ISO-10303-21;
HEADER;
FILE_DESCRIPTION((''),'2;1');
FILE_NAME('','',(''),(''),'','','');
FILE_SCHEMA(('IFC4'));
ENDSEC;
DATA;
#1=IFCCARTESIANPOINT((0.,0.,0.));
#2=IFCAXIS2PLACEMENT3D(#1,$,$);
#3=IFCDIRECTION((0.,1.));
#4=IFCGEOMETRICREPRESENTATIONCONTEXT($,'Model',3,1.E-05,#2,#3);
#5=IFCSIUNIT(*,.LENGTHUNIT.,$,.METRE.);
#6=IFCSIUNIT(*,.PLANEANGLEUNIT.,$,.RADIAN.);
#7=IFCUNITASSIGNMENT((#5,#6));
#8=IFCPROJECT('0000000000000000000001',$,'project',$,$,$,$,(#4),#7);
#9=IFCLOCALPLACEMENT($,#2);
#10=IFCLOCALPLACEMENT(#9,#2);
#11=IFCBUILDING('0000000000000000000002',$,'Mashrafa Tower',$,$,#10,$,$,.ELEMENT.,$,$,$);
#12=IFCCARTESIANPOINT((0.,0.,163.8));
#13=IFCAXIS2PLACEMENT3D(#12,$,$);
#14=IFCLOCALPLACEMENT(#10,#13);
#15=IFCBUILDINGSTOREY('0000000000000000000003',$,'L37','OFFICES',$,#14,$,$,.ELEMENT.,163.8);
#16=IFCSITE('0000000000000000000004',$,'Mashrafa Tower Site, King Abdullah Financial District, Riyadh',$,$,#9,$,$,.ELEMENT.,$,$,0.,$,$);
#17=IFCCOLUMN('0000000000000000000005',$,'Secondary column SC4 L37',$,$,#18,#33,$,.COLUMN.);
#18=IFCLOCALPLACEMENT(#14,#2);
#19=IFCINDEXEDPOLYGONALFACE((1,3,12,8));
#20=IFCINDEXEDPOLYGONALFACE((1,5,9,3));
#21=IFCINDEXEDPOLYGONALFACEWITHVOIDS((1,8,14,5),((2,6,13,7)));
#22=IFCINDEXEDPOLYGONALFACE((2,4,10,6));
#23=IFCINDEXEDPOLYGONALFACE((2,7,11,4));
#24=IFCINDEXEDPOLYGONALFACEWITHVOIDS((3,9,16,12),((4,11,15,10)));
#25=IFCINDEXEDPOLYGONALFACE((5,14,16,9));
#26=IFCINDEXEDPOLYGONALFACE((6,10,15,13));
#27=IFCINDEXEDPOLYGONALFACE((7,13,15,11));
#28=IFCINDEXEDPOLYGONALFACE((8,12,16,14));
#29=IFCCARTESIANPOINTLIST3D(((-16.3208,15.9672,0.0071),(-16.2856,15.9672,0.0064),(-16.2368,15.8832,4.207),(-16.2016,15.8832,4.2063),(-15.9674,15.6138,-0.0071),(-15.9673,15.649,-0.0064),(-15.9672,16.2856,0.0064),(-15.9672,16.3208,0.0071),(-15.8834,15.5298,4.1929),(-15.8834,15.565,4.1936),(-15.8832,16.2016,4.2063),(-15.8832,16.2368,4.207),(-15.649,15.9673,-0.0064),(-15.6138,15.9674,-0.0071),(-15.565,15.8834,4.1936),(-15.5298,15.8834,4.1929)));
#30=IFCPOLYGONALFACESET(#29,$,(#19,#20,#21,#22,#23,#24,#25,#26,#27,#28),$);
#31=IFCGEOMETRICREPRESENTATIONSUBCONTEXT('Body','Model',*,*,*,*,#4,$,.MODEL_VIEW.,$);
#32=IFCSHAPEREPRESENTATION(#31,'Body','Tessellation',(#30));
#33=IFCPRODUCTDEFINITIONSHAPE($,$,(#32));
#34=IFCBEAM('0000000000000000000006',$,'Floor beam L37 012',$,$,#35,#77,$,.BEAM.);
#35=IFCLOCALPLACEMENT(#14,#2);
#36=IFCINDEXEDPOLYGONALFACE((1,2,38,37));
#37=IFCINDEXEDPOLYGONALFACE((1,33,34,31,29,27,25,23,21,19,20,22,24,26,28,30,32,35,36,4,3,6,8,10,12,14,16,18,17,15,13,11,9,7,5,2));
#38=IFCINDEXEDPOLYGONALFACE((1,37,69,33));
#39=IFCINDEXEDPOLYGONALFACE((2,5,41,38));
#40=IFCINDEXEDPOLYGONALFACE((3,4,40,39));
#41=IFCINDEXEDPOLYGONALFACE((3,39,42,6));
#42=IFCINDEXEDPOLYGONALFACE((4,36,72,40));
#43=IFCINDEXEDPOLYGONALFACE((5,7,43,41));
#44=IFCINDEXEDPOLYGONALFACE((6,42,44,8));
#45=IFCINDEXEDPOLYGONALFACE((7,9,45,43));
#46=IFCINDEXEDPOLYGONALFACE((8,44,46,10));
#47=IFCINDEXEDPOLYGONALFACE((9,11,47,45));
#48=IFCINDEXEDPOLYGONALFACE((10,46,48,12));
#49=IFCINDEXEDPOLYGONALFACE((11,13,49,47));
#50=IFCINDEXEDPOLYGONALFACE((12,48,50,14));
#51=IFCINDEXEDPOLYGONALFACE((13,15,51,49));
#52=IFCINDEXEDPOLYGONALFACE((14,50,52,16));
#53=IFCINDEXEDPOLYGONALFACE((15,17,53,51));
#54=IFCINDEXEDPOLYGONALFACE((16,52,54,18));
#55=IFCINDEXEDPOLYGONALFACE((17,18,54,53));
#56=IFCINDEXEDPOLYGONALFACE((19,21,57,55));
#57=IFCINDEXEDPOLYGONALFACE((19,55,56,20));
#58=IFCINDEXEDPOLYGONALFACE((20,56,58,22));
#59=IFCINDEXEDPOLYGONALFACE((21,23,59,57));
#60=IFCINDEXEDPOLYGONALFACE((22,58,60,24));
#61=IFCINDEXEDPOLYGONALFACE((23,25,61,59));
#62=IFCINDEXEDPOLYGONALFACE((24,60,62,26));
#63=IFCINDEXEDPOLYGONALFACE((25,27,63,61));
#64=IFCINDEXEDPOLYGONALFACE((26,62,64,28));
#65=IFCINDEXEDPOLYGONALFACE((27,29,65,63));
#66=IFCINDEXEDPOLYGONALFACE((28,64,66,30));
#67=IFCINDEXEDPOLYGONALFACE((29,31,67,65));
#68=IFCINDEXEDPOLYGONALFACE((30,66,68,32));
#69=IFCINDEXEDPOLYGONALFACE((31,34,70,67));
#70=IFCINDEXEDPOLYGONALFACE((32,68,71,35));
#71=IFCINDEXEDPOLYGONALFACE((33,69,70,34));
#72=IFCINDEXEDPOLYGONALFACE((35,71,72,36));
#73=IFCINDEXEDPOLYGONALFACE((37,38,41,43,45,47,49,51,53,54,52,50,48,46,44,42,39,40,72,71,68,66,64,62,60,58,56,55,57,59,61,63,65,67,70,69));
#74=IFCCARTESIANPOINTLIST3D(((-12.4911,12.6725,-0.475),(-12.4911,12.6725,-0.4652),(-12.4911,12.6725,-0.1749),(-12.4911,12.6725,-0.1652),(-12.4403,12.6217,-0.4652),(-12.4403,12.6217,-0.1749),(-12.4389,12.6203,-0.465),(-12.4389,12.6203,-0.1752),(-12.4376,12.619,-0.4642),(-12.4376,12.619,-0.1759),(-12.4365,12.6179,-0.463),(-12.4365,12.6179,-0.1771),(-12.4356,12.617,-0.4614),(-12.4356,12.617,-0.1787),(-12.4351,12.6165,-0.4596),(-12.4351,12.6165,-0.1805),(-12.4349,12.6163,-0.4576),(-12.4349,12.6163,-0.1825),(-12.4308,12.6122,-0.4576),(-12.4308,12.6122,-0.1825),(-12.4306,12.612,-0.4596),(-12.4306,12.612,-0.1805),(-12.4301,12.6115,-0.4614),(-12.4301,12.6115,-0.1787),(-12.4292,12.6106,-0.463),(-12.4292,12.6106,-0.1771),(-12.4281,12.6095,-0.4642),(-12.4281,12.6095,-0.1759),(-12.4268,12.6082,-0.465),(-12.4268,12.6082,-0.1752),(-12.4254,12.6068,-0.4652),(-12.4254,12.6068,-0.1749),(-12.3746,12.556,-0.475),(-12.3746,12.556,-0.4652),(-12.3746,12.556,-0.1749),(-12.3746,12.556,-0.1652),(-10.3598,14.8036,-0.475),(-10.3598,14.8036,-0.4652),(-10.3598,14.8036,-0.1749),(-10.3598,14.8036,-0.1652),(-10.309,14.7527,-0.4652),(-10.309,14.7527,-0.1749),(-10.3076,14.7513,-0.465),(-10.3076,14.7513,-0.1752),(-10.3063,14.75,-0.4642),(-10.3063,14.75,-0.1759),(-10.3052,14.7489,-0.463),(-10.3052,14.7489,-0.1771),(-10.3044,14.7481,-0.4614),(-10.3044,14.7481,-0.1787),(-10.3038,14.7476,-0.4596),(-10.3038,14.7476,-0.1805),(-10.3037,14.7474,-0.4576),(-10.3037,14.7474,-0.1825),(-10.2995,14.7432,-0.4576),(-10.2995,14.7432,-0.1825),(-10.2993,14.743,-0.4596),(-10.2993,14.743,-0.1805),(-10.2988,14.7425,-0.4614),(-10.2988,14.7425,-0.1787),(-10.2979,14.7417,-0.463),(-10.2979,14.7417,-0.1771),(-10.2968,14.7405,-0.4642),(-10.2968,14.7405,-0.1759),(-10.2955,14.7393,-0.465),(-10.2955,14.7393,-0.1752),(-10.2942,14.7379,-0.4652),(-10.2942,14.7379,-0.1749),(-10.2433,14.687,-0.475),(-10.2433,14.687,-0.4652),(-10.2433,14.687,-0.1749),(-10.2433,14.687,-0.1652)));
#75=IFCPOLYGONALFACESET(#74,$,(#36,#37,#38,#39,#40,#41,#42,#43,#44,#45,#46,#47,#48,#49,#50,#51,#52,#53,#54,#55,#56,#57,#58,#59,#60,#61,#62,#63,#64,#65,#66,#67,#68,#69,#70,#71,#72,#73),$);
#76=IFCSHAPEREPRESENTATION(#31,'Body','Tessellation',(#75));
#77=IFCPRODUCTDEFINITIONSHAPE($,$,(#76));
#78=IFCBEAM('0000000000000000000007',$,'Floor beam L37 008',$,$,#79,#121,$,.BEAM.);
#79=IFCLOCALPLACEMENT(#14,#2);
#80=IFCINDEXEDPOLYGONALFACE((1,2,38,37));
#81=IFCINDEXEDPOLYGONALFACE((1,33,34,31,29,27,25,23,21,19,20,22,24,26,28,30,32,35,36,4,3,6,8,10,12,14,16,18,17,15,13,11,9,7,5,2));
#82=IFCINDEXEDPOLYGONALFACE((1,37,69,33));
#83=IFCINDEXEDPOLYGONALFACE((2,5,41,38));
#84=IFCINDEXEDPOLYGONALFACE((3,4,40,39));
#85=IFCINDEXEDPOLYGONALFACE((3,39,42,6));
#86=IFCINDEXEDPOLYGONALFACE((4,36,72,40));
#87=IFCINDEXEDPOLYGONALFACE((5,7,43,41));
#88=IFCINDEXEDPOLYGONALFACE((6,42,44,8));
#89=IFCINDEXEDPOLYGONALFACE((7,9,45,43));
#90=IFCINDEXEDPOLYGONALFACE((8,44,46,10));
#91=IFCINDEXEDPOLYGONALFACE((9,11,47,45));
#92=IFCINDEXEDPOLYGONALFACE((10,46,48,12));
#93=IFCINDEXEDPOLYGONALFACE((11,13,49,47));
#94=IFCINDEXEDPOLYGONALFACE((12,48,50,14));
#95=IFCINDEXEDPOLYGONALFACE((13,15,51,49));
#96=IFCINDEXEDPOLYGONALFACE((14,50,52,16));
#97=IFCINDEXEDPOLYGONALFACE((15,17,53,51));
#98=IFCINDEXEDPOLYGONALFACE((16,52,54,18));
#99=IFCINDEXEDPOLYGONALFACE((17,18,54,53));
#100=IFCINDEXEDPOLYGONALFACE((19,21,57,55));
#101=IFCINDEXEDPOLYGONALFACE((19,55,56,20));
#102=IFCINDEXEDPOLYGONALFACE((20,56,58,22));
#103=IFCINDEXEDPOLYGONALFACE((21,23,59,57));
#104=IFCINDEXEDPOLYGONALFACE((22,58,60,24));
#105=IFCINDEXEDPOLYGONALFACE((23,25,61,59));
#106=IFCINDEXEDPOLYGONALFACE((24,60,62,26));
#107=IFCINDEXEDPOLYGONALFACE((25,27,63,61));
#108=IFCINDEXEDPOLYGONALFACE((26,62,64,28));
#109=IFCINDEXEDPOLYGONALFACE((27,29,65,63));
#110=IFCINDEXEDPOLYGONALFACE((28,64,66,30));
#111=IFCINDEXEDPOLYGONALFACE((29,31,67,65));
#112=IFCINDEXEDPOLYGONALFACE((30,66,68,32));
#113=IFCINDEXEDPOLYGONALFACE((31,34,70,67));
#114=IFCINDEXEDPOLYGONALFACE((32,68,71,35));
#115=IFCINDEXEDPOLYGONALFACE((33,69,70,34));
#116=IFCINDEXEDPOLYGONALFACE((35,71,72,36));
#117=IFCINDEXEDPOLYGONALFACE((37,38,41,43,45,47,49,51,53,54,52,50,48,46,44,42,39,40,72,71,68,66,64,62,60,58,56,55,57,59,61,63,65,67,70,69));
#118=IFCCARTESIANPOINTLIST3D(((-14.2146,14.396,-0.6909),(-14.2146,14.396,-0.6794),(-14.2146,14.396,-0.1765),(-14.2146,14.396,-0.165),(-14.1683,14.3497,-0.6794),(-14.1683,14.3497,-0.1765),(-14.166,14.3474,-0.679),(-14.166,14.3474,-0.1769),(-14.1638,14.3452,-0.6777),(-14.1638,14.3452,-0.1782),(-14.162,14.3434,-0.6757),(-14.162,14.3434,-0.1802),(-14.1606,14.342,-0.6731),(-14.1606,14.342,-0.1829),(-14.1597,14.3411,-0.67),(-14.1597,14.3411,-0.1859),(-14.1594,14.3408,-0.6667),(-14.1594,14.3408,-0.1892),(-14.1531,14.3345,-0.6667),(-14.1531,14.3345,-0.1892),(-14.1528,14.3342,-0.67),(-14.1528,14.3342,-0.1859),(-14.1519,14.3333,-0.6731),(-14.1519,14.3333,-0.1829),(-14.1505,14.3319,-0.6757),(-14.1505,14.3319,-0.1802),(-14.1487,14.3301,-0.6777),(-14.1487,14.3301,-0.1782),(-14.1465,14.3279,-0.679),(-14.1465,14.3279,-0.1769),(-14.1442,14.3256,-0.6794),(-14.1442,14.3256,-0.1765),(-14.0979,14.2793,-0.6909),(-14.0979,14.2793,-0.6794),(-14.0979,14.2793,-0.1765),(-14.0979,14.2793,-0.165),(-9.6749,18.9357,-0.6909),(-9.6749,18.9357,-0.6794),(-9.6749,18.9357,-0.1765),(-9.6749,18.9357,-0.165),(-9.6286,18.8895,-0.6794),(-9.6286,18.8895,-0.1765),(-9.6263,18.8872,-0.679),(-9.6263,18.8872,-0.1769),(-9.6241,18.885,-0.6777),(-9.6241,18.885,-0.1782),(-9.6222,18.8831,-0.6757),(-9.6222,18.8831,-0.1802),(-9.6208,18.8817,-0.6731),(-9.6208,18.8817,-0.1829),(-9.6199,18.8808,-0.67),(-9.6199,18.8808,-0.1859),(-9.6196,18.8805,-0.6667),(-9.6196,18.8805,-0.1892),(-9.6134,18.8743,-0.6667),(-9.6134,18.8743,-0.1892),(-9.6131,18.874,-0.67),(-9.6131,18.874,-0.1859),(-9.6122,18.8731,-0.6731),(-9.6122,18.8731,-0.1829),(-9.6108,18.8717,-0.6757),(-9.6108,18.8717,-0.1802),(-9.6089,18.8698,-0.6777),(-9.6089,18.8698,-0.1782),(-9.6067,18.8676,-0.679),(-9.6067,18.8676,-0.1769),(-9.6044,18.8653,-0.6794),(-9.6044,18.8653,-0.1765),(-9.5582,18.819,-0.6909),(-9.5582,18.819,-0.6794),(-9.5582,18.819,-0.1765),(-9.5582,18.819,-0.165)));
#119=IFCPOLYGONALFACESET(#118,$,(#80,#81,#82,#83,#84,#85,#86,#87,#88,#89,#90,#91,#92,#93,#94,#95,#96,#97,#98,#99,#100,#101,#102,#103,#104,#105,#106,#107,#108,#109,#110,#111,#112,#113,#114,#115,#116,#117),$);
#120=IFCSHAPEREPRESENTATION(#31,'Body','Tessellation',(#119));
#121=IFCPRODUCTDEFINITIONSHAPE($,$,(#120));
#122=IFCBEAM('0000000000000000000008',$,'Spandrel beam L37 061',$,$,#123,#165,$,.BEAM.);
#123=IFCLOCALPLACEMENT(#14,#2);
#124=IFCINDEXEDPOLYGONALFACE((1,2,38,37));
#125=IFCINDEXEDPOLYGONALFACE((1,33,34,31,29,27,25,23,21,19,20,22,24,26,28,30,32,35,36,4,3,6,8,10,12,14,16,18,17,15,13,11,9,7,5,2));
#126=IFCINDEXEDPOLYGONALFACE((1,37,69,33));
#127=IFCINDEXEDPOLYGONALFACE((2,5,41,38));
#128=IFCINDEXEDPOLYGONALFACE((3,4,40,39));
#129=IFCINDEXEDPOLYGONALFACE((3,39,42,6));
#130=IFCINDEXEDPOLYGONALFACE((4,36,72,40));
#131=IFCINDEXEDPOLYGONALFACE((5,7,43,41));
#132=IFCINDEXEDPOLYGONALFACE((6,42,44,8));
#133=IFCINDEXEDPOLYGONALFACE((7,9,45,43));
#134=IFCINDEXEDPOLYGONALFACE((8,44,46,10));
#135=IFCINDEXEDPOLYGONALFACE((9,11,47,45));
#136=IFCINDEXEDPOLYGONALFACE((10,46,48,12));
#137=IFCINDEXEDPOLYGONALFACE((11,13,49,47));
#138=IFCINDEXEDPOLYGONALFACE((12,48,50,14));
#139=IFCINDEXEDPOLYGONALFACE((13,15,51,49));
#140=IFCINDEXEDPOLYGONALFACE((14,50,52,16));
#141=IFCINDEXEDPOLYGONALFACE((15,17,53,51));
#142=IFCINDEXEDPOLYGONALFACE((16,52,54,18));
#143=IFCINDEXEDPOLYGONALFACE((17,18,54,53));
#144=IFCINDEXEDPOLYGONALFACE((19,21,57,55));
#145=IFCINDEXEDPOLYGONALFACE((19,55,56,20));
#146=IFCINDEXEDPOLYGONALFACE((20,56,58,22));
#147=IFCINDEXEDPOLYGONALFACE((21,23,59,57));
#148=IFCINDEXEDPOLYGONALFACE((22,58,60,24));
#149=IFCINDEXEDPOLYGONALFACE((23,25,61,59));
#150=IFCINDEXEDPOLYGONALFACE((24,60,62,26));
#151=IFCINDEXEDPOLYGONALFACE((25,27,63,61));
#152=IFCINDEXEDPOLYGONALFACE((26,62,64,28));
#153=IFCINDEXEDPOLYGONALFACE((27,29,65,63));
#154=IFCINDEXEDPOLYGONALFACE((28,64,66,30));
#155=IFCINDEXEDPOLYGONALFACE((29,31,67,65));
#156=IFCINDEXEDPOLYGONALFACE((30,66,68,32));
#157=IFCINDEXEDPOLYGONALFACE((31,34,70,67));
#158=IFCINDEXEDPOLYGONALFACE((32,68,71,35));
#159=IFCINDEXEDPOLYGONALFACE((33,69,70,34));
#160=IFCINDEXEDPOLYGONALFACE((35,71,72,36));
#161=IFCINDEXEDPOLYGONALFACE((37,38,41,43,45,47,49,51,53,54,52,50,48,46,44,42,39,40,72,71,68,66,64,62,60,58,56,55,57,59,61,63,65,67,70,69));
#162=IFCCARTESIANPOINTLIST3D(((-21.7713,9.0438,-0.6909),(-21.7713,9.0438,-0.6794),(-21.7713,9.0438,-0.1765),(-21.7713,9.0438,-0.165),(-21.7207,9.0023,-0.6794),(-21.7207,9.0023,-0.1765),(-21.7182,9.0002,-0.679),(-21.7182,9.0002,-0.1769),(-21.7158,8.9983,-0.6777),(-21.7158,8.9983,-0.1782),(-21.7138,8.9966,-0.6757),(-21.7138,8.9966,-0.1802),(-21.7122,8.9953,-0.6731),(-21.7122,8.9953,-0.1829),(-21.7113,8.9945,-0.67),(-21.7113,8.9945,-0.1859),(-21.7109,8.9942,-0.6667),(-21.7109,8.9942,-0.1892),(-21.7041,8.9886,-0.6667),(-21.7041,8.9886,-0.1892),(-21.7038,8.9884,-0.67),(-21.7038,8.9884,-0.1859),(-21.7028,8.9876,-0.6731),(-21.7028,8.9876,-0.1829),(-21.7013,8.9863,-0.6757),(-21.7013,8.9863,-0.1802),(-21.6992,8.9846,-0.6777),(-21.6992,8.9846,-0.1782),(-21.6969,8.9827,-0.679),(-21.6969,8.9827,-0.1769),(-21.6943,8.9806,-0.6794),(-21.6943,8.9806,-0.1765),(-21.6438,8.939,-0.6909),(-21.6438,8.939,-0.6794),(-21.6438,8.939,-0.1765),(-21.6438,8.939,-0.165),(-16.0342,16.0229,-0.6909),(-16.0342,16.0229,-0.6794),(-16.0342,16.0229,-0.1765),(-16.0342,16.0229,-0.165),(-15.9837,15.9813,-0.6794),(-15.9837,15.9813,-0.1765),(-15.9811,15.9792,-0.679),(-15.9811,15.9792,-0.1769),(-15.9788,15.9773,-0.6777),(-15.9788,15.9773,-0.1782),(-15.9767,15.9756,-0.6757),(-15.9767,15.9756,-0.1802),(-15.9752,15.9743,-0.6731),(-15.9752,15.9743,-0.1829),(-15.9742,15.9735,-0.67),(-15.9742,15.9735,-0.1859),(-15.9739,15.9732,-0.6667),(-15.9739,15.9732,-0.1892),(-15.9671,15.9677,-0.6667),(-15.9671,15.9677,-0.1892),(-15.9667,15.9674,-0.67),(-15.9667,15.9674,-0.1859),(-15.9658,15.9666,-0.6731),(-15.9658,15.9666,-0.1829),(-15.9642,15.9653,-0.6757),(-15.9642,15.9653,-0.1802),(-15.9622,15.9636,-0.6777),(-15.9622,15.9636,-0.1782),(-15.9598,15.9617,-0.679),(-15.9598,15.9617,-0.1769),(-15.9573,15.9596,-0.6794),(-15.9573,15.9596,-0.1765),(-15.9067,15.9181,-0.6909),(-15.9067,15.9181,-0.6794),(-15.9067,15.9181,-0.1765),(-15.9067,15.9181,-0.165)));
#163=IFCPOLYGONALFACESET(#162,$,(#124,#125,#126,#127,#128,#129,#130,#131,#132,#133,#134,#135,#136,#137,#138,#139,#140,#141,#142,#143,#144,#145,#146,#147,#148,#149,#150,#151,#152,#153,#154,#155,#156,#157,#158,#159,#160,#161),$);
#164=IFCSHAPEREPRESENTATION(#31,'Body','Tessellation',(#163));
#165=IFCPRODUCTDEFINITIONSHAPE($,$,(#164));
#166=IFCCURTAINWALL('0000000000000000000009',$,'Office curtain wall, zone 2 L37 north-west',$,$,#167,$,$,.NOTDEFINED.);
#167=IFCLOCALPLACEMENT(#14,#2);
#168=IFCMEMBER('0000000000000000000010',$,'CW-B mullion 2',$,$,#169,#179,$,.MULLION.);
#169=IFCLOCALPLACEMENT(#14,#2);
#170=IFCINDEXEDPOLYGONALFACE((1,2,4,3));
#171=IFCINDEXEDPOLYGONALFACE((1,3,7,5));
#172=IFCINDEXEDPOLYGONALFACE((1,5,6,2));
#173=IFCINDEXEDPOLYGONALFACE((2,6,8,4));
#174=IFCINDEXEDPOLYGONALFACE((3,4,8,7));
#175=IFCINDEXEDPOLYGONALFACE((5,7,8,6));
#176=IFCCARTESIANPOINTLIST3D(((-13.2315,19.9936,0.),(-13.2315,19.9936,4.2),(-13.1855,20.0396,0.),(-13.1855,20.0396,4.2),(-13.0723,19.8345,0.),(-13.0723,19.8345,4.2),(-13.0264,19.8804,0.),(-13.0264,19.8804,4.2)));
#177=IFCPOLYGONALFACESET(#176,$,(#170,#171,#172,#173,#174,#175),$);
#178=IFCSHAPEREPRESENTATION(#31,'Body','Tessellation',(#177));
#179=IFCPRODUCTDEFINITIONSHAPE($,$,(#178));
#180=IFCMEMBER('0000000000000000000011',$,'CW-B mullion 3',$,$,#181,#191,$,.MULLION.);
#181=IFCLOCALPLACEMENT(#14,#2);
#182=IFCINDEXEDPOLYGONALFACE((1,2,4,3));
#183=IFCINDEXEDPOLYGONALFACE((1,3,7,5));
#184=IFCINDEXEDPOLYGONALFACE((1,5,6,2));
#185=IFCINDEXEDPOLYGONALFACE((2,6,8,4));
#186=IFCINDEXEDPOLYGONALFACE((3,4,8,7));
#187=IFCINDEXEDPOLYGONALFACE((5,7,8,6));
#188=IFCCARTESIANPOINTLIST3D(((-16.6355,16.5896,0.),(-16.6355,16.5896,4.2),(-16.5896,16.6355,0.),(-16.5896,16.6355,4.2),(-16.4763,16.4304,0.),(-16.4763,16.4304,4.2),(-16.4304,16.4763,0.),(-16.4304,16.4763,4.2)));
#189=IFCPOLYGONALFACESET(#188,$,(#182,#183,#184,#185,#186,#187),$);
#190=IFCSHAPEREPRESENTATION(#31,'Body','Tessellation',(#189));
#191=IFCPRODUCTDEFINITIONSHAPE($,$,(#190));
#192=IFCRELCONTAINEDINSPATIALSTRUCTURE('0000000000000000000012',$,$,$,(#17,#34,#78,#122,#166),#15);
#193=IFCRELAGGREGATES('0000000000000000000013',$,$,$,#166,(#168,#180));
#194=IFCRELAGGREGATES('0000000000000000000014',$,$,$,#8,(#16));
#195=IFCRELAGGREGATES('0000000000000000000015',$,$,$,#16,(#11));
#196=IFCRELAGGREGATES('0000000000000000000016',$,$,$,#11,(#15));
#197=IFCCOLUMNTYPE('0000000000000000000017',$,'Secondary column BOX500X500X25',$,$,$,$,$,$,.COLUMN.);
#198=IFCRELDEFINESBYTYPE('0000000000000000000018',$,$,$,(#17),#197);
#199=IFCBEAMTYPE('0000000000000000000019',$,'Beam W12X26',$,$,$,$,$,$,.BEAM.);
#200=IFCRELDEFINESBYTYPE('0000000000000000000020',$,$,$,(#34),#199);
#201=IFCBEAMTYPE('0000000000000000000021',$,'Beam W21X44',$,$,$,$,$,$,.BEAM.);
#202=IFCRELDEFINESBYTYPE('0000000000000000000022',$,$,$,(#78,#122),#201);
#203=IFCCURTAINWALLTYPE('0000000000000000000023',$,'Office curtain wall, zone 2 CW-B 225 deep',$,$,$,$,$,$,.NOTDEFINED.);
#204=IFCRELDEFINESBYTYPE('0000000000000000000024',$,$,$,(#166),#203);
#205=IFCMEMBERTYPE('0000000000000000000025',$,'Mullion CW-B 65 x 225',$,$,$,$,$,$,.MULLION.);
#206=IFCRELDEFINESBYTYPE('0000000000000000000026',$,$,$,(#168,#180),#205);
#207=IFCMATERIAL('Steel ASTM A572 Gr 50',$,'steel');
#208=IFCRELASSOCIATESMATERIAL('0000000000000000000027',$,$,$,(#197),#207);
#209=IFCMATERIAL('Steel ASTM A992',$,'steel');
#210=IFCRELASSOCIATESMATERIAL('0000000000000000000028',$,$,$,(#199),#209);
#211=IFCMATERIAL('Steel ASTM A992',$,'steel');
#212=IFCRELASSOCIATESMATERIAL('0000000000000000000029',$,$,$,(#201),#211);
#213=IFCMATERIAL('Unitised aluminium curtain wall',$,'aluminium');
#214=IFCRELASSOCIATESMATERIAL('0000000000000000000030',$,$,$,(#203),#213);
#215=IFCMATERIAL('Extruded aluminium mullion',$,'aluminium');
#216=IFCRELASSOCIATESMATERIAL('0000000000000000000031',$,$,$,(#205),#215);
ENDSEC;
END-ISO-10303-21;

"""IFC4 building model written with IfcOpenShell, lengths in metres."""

from ifc_helpers import new_model, si_unit, direction, frame, origin, origin_2d, place, context, subcontext, project, spatial, rectangle, hollow_rectangle, i_section, extrude, source, transform, mapped, material, material_profile, profile_set, type_object, type_shapes, element, aggregate, save


model = new_model("IFC4")

# Units and contexts
model_context = context("Model", 3, precision=1e-05, world=origin(), true_north=direction((0.0, 1.0)))
body_context = subcontext(model_context, "Body", "Model", "MODEL_VIEW")
ifc_project = project(units=[si_unit("LENGTHUNIT", "METRE"), si_unit("PLANEANGLEUNIT", "RADIAN")], contexts=[model_context])

# Site, building, storey
site_placement = place(None, origin())
site = spatial("IfcSite", under=ifc_project, at=site_placement, Name="Mashrafa Tower Site, King Abdullah Financial District, Riyadh", CompositionType="ELEMENT", RefElevation=0.0)
building_placement = place(site_placement, origin())
building = spatial("IfcBuilding", under=site, at=building_placement, Name="Mashrafa Tower", CompositionType="ELEMENT")
storey_placement = place(building_placement, frame((0.0, 0.0, 163.8)))
storey = spatial("IfcBuildingStorey", under=building, at=storey_placement, Name="L37", Description="OFFICES", CompositionType="ELEMENT", Elevation=163.8)

# Column
ifc_material_1 = material(Name="Steel ASTM A572 Gr 50", Category="steel")
ifc_material_profile_1 = material_profile(ifc_material_1, hollow_rectangle(XDim=0.5, YDim=0.5, WallThickness=0.0249, at=origin_2d()), Name="BOX500X500X25")
ifc_profile_set_1 = profile_set([ifc_material_profile_1], Name="Steel ASTM A572 Gr 50")
column_type = type_object("IfcColumnType", Name="Secondary column BOX500X500X25", PredefinedType="COLUMN", material=ifc_profile_set_1)
column_placement = place(storey_placement, frame((-15.9673, 15.9673, 0.0), z_axis=(0.019989, -0.019989, 0.9996), x_axis=(0.707107, 0.707107, 0.0)))
element("IfcColumn", 1, at=column_placement, inside=storey, type_object=column_type, Name="Secondary column SC4 L37", PredefinedType="COLUMN", context=body_context, shape_type="SweptSolid", body=[
    extrude(hollow_rectangle(XDim=0.5, YDim=0.5, WallThickness=0.0249, at=origin_2d()), origin(), (0.0, 0.0, 1.0), 4.2017),
])

# Beams
ifc_material_2 = material(Name="Steel ASTM A992", Category="steel")
ifc_material_profile_2 = material_profile(ifc_material_2, i_section(OverallWidth=0.1648, OverallDepth=0.3098, WebThickness=0.0059, FlangeThickness=0.0098, FilletRadius=0.0076, at=origin_2d()), Name="W12X26")
ifc_profile_set_2 = profile_set([ifc_material_profile_2], Name="Steel ASTM A992")
beam_type_1 = type_object("IfcBeamType", Name="Beam W12X26", PredefinedType="BEAM", material=ifc_profile_set_2)
beam_1_placement = place(storey_placement, frame((-12.4329, 12.6143, -0.3201), z_axis=(0.707147, 0.707066, 0.0), x_axis=(-0.707066, 0.707147, 0.0)))
element("IfcBeam", 2, at=beam_1_placement, inside=storey, type_object=beam_type_1, Name="Floor beam L37 012", PredefinedType="BEAM", context=body_context, shape_type="SweptSolid", body=[
    extrude(i_section(OverallWidth=0.1648, OverallDepth=0.3098, WebThickness=0.0059, FlangeThickness=0.0098, FilletRadius=0.0076, at=origin_2d()), origin(), (0.0, 0.0, 1.0), 3.0139),
])
ifc_material_3 = material(Name="Steel ASTM A992", Category="steel")
ifc_material_profile_3 = material_profile(ifc_material_3, i_section(OverallWidth=0.165, OverallDepth=0.5259, WebThickness=0.0088, FlangeThickness=0.0115, FilletRadius=0.0127, at=origin_2d()), Name="W21X44")
ifc_profile_set_3 = profile_set([ifc_material_profile_3], Name="Steel ASTM A992")
beam_type_2 = type_object("IfcBeamType", Name="Beam W21X44", PredefinedType="BEAM", material=ifc_profile_set_3)
beam_2_placement = place(storey_placement, frame((-14.1562, 14.3376, -0.428), z_axis=(0.707107, 0.707107, 0.0), x_axis=(-0.707107, 0.707107, 0.0)))
element("IfcBeam", 3, at=beam_2_placement, inside=storey, type_object=beam_type_2, Name="Floor beam L37 008", PredefinedType="BEAM", context=body_context, shape_type="SweptSolid", body=[
    extrude(i_section(OverallWidth=0.165, OverallDepth=0.5259, WebThickness=0.0088, FlangeThickness=0.0115, FilletRadius=0.0127, at=origin_2d()), origin(), (0.0, 0.0, 1.0), 6.4202),
])
beam_3_placement = place(storey_placement, frame((-15.9705, 15.9705, -0.428), z_axis=(-0.635024, -0.772492, 0.0), x_axis=(0.772492, -0.635024, 0.0)))
element("IfcBeam", 4, at=beam_3_placement, inside=storey, type_object=beam_type_2, Name="Spandrel beam L37 061", PredefinedType="BEAM", context=body_context, shape_type="SweptSolid", body=[
    extrude(i_section(OverallWidth=0.165, OverallDepth=0.5259, WebThickness=0.0088, FlangeThickness=0.0115, FilletRadius=0.0127, at=origin_2d()), origin(), (0.0, 0.0, 1.0), 9.0344),
])

# Curtain wall, members
ifc_material_4 = material(Name="Unitised aluminium curtain wall", Category="aluminium")
curtain_wall_type = type_object("IfcCurtainWallType", Name="Office curtain wall, zone 2 CW-B 225 deep", PredefinedType="NOTDEFINED", material=ifc_material_4)
curtain_wall_placement = place(storey_placement, origin())
curtain_wall = element("IfcCurtainWall", 5, at=curtain_wall_placement, inside=storey, type_object=curtain_wall_type, Name="Office curtain wall, zone 2 L37 north-west", PredefinedType="NOTDEFINED")
ifc_material_5 = material(Name="Extruded aluminium mullion", Category="aluminium")
ifc_material_profile_4 = material_profile(ifc_material_5, rectangle(XDim=0.2251, YDim=0.0649, at=origin_2d()), Name="Mullion 65x225")
ifc_profile_set_4 = profile_set([ifc_material_profile_4], Name="Extruded aluminium mullion")
member_type_1 = type_object("IfcMemberType", Name="Mullion CW-B 65 x 225", PredefinedType="MULLION", material=ifc_profile_set_4)
shared_shape_1 = source(origin(), body_context, "Body", "SweptSolid", [
    extrude(rectangle(XDim=0.2251, YDim=0.0649, at=origin_2d()), origin(), (0.0, 0.0, 1.0), 4.2),
])
type_shapes(member_type_1, [shared_shape_1])
member_1_placement = place(storey_placement, frame((-13.1289, 19.937, 0.0), z_axis=(0.0, 0.0, 1.0), x_axis=(0.707107, -0.707107, 0.0)))
member_1 = element("IfcMember", 6, at=member_1_placement, type_object=member_type_1, Name="CW-B mullion 2", PredefinedType="MULLION", context=body_context, shape_type="MappedRepresentation", body=[
    mapped(shared_shape_1, transform((0.0, 0.0, 0.0))),
])
member_2_placement = place(storey_placement, frame((-16.533, 16.533, 0.0), z_axis=(0.0, 0.0, 1.0), x_axis=(0.707107, -0.707107, 0.0)))
member_2 = element("IfcMember", 7, at=member_2_placement, type_object=member_type_1, Name="CW-B mullion 3", PredefinedType="MULLION", context=body_context, shape_type="MappedRepresentation", body=[
    mapped(shared_shape_1, transform((0.0, 0.0, 0.0))),
])
aggregate(curtain_wall, [member_1, member_2])

save(model, "model.ifc")
